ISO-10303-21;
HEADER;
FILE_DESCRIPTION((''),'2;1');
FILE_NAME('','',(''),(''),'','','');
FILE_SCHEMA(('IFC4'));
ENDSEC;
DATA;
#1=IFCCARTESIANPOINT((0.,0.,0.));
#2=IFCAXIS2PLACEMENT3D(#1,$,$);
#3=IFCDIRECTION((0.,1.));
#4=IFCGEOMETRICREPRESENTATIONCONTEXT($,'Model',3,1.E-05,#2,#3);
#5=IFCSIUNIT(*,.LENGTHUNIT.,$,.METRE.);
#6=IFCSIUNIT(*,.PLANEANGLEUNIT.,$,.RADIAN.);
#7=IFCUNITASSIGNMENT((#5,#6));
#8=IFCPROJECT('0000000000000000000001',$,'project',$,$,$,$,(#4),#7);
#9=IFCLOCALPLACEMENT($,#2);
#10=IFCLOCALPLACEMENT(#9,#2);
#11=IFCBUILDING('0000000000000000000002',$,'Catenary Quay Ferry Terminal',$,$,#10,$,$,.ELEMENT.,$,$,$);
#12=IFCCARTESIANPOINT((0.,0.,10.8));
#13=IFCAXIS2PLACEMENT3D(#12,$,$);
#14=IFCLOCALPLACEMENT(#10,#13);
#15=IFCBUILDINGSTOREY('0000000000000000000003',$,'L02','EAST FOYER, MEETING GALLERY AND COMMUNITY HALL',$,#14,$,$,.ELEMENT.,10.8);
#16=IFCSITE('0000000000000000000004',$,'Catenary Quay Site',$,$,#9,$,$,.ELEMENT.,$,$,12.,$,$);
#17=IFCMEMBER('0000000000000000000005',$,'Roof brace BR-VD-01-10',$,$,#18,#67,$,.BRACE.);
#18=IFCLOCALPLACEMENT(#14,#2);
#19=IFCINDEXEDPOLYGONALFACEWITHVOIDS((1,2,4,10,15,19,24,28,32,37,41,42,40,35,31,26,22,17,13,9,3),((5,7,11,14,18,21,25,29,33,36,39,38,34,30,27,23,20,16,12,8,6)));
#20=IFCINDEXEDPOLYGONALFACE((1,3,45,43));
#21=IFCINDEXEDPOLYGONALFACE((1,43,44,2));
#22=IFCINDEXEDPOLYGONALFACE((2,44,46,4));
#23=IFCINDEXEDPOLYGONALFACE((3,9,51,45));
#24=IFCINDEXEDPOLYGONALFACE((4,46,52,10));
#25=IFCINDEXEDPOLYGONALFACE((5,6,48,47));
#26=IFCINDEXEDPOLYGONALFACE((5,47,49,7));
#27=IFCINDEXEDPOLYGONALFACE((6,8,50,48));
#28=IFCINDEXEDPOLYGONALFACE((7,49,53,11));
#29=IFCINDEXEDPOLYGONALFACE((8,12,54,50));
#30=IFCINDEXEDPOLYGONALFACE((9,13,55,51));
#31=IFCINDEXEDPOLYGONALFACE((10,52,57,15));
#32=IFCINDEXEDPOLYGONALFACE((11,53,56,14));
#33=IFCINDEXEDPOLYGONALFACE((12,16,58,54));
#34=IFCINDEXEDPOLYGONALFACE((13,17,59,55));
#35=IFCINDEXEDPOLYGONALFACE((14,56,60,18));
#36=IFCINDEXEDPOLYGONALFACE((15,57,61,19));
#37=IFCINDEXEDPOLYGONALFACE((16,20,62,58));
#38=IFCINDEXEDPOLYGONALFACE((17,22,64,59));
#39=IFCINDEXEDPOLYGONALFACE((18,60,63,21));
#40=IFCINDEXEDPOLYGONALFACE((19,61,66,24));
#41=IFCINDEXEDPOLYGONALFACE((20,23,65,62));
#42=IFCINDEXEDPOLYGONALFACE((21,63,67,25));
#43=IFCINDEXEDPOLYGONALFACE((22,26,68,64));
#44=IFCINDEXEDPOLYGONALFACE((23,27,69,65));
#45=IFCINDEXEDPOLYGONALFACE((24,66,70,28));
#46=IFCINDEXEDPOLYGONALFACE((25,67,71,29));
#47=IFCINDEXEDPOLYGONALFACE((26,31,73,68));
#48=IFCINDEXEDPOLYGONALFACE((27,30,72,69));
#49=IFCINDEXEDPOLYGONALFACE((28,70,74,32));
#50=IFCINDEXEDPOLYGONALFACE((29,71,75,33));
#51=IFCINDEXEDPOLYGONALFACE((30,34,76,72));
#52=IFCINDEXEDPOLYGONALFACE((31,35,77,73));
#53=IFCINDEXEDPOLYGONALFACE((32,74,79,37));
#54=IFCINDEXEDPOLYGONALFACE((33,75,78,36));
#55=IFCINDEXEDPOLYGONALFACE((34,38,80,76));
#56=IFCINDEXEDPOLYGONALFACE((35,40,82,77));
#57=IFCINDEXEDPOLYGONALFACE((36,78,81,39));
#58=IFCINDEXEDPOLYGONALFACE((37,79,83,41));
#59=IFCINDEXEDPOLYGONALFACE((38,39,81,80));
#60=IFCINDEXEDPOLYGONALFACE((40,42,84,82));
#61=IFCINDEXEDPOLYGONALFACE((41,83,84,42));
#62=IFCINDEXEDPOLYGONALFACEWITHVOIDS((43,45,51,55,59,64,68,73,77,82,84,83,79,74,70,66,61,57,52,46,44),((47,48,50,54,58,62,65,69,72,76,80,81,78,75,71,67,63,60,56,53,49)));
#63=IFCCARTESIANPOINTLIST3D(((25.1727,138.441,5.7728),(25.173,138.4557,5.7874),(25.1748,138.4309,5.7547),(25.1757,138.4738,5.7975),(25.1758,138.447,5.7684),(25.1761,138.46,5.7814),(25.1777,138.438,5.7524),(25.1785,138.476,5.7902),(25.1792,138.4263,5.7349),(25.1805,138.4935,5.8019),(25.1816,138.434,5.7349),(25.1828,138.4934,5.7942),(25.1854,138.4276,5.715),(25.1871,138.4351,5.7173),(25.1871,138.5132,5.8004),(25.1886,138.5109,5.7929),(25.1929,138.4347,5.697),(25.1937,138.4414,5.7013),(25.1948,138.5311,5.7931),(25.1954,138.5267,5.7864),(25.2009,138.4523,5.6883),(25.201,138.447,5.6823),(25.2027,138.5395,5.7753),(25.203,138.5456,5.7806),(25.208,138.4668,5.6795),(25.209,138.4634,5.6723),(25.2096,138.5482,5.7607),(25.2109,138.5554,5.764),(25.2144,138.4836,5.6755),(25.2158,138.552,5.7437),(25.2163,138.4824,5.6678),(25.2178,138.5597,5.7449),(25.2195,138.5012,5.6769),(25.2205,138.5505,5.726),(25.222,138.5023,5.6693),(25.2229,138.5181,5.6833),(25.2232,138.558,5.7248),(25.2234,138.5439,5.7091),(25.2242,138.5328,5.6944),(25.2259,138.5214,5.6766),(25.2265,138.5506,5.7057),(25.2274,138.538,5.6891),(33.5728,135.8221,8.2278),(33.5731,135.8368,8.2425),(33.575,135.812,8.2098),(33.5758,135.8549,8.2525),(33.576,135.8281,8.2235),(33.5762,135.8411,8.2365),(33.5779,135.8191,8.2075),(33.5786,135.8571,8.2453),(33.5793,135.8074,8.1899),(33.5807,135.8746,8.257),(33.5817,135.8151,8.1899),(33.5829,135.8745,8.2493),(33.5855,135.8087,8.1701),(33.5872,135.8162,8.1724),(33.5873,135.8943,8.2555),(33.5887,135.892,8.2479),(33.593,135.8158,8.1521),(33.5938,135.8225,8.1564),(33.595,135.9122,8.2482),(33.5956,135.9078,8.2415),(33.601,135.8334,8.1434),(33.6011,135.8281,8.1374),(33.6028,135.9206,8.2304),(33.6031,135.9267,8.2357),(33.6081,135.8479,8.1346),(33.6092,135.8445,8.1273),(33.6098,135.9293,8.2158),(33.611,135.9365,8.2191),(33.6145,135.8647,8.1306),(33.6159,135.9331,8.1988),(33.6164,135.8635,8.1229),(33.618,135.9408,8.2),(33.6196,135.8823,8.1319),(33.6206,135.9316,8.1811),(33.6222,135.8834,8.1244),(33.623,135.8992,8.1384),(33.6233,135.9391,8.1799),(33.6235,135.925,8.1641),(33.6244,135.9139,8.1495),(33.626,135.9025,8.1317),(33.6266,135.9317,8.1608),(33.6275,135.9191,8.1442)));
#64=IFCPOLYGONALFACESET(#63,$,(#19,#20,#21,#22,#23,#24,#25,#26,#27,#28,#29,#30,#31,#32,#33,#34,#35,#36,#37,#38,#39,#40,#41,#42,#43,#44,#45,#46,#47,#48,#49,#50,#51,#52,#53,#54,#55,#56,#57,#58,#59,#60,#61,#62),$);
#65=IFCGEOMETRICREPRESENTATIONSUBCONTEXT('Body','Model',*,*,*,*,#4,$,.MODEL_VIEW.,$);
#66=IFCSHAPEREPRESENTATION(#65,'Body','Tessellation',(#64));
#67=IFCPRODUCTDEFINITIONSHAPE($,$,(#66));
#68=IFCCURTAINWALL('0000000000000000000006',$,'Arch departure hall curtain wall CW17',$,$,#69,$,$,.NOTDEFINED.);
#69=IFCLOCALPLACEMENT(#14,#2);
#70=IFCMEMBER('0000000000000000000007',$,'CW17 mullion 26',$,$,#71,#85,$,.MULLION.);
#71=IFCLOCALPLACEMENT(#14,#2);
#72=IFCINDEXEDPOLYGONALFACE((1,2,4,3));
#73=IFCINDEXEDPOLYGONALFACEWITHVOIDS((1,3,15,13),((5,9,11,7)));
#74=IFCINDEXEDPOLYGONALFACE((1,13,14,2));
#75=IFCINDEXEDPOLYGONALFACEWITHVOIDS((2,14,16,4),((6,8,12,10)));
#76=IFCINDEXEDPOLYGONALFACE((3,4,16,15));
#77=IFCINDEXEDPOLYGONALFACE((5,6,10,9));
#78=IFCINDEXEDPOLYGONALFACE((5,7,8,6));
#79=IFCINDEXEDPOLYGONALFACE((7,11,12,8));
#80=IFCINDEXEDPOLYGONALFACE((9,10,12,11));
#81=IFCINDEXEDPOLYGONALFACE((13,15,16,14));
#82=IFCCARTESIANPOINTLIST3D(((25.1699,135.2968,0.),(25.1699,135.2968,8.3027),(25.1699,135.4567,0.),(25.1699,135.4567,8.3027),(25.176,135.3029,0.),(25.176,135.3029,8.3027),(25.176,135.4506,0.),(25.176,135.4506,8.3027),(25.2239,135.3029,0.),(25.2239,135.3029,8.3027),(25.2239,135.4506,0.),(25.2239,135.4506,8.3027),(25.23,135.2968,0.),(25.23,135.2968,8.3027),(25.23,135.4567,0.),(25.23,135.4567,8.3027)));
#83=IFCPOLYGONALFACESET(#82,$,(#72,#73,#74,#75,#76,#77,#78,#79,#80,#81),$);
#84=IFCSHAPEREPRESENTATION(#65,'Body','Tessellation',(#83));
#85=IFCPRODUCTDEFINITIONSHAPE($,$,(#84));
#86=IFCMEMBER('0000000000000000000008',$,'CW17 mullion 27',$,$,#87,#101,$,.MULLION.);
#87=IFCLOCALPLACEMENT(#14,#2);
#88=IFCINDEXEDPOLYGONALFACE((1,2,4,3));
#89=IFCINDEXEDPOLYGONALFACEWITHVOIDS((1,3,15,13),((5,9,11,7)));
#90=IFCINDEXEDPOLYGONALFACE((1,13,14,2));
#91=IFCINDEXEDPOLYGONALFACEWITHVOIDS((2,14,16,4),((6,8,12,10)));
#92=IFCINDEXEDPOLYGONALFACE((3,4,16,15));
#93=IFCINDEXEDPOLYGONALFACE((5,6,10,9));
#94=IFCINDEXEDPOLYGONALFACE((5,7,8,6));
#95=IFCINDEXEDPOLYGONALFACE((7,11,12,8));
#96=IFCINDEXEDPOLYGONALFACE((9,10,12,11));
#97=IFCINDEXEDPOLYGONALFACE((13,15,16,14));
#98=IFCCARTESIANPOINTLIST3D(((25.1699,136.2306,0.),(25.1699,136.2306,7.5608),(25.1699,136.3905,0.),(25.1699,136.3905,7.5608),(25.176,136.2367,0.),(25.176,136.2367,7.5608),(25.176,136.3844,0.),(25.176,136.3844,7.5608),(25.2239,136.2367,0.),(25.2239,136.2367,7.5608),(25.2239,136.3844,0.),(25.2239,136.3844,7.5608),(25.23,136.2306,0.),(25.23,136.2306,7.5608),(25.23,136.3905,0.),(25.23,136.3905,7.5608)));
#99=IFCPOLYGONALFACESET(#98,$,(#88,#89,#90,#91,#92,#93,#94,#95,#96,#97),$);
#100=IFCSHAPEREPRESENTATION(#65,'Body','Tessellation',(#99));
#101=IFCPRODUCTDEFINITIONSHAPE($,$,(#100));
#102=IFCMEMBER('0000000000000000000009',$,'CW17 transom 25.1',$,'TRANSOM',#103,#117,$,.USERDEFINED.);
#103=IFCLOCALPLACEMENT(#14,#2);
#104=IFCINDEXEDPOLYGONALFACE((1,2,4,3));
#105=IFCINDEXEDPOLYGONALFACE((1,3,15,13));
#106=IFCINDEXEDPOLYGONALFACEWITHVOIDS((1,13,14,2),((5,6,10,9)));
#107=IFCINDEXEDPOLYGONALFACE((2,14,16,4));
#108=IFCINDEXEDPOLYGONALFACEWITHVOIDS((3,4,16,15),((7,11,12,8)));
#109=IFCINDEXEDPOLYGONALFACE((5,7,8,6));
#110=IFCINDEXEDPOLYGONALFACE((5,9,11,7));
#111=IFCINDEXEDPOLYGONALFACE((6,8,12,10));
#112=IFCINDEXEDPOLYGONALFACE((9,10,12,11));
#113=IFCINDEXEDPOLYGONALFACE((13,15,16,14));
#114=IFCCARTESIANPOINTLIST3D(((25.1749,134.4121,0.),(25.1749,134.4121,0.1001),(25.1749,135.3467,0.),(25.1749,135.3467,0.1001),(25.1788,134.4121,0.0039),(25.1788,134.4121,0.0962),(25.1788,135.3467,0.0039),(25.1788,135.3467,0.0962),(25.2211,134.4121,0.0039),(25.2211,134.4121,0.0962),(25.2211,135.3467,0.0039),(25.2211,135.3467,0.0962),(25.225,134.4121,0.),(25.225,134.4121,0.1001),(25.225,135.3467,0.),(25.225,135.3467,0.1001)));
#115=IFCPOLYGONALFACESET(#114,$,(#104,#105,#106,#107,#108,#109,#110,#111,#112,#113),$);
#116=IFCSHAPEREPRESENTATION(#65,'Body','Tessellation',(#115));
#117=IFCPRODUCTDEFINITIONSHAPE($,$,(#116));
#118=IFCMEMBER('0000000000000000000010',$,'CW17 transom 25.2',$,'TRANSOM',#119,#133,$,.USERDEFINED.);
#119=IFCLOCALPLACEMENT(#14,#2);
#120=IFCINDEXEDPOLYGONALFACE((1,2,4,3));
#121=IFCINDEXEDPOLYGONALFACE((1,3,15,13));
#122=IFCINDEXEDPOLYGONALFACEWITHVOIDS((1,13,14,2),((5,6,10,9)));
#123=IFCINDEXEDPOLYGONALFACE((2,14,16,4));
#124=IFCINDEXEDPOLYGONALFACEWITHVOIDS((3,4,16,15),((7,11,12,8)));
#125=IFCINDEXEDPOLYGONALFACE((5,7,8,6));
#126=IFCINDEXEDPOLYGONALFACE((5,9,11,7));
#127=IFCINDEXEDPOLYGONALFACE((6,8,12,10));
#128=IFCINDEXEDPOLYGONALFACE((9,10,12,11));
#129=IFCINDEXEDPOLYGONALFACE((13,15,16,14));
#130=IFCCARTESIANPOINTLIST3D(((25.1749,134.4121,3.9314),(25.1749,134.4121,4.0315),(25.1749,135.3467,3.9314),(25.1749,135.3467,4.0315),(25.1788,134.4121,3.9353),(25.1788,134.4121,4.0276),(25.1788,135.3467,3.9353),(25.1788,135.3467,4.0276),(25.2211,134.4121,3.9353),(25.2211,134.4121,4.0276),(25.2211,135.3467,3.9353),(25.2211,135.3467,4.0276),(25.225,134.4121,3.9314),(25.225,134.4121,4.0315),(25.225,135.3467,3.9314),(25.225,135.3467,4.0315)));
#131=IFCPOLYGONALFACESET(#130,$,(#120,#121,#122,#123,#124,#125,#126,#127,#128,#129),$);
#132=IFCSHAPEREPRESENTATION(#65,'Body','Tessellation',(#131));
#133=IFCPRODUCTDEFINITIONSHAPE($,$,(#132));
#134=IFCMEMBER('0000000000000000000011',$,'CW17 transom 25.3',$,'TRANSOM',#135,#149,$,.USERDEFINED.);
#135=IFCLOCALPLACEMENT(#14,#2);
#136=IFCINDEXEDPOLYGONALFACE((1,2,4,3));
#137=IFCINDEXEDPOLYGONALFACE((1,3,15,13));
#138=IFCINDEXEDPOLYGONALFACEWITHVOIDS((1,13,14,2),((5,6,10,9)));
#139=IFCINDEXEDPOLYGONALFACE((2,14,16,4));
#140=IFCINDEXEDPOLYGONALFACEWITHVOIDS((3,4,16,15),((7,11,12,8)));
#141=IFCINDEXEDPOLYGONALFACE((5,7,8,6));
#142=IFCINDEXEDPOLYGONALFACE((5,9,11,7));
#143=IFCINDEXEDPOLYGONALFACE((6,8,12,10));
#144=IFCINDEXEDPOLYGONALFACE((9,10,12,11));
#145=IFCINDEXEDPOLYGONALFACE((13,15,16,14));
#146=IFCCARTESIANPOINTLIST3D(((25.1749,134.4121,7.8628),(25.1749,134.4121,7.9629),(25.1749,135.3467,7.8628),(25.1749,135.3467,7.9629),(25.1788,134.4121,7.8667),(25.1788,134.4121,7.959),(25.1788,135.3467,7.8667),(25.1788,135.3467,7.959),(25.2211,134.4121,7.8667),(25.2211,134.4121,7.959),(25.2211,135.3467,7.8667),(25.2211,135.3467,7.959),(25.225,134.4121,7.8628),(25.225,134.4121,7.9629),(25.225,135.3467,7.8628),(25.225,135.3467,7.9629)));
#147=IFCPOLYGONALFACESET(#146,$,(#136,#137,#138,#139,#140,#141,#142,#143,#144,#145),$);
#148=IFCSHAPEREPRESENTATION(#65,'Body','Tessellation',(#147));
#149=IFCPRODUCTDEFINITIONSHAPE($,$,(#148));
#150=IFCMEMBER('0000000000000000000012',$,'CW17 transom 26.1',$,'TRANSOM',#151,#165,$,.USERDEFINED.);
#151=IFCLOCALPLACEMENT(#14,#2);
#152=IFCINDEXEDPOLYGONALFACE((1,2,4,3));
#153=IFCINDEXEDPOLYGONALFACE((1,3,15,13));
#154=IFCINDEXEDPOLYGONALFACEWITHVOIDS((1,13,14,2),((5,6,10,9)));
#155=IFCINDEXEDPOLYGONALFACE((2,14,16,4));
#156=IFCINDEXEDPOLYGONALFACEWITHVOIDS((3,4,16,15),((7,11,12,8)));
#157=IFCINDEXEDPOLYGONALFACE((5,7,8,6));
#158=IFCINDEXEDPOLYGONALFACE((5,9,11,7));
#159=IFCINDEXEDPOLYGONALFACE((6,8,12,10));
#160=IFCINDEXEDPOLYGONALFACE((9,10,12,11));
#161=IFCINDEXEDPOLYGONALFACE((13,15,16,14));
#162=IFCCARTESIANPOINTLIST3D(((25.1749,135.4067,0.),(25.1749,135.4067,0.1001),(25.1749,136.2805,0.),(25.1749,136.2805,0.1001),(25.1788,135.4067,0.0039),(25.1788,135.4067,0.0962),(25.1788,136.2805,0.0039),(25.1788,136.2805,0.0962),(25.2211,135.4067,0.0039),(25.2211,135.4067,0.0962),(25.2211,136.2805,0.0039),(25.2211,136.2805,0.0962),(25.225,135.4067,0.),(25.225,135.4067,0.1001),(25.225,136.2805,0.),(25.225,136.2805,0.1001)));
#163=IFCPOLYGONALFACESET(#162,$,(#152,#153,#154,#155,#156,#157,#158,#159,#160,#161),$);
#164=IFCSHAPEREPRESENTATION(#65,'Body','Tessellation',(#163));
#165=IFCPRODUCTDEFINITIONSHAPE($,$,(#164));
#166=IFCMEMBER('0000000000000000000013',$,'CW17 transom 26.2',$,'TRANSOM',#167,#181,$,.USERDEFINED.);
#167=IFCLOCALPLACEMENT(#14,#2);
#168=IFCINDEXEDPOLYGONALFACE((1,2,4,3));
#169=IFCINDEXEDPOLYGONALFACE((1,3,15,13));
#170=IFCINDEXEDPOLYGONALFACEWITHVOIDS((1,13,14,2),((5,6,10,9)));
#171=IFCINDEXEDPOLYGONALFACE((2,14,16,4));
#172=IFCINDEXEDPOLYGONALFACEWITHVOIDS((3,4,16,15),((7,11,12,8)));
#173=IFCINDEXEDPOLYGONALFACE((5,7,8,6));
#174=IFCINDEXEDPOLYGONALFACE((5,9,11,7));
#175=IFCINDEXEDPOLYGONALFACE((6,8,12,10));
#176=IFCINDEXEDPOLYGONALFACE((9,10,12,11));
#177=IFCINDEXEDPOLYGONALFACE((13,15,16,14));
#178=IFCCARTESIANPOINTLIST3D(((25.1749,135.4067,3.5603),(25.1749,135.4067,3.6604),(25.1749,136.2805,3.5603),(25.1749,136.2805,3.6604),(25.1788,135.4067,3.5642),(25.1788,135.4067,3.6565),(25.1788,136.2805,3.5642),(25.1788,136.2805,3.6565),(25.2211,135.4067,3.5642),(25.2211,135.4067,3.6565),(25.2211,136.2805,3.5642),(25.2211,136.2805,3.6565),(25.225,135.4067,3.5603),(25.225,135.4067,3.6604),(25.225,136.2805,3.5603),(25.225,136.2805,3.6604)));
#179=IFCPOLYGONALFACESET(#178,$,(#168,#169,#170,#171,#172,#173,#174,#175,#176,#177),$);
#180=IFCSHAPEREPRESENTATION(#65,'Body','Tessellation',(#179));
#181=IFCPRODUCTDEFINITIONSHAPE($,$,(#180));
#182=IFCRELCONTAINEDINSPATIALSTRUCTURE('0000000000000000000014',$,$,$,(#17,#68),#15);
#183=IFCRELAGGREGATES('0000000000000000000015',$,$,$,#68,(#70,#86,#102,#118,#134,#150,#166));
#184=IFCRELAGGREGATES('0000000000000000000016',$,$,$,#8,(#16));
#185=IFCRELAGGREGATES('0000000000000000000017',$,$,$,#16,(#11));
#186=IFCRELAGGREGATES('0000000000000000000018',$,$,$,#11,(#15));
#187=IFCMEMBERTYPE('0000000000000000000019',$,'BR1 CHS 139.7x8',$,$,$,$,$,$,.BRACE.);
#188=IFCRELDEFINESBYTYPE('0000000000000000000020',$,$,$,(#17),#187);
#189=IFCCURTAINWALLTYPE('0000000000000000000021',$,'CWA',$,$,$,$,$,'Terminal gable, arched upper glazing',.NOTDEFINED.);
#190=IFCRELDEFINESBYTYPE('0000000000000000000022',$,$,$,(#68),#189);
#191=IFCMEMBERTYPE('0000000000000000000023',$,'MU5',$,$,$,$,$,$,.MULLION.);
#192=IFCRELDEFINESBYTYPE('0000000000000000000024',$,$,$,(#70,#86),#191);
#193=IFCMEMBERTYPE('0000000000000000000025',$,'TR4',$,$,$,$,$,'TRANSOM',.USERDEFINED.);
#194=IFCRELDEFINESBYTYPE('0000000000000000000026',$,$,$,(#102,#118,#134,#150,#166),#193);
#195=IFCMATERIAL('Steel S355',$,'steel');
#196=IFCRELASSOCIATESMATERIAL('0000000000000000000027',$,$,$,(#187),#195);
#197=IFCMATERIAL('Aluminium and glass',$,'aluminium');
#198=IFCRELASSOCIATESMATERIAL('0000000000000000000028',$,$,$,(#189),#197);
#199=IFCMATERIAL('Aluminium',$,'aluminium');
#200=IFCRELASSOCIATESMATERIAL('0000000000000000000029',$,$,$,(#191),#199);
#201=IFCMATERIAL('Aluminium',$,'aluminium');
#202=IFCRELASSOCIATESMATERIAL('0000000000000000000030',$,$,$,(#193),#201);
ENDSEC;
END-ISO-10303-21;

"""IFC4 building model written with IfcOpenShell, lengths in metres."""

from ifc_helpers import new_model, si_unit, direction, frame, origin, origin_2d, place, context, subcontext, project, spatial, hollow_rectangle, hollow_circle, extrude, material, material_profile, profile_set, type_object, element, aggregate, save


model = new_model("IFC4")

# Units and contexts
model_context = context("Model", 3, precision=1e-05, world=origin(), true_north=direction((0.0, 1.0)))
body_context = subcontext(model_context, "Body", "Model", "MODEL_VIEW")
ifc_project = project(units=[si_unit("LENGTHUNIT", "METRE"), si_unit("PLANEANGLEUNIT", "RADIAN")], contexts=[model_context])

# Site, building, storey
site_placement = place(None, origin())
site = spatial("IfcSite", under=ifc_project, at=site_placement, Name="Catenary Quay Site", CompositionType="ELEMENT", RefElevation=12.0)
building_placement = place(site_placement, origin())
building = spatial("IfcBuilding", under=site, at=building_placement, Name="Catenary Quay Ferry Terminal", CompositionType="ELEMENT")
storey_placement = place(building_placement, frame((0.0, 0.0, 10.8)))
storey = spatial("IfcBuildingStorey", under=building, at=storey_placement, Name="L02", Description="EAST FOYER, MEETING GALLERY AND COMMUNITY HALL", CompositionType="ELEMENT", Elevation=10.8)

# Member
ifc_material_1 = material(Name="Steel S355", Category="steel")
ifc_material_profile_1 = material_profile(ifc_material_1, hollow_circle(Radius=0.0698, WallThickness=0.0081, at=origin_2d()), Name="CHS 139.7x8")
ifc_profile_set_1 = profile_set([ifc_material_profile_1], Name="Steel S355")
member_type_1 = type_object("IfcMemberType", Name="BR1 CHS 139.7x8", PredefinedType="BRACE", material=ifc_profile_set_1)
member_1_placement = place(storey_placement, frame((33.6001, 135.874, 8.1899), z_axis=(-0.919555, 0.286688, -0.268755), x_axis=(-0.297638, -0.954679, 0.0)))
element("IfcMember", 1, at=member_1_placement, inside=storey, type_object=member_type_1, Name="Roof brace BR-VD-01-10", PredefinedType="BRACE", context=body_context, shape_type="SweptSolid", body=[
    extrude(hollow_circle(Radius=0.0698, WallThickness=0.0081, at=origin_2d()), origin(), (0.0, 0.0, 1.0), 9.135),
])

# Curtain wall, members
ifc_material_2 = material(Name="Aluminium and glass", Category="aluminium")
curtain_wall_type = type_object("IfcCurtainWallType", Name="CWA", ElementType="Terminal gable, arched upper glazing", PredefinedType="NOTDEFINED", material=ifc_material_2)
curtain_wall_placement = place(storey_placement, origin())
curtain_wall = element("IfcCurtainWall", 2, at=curtain_wall_placement, inside=storey, type_object=curtain_wall_type, Name="Arch departure hall curtain wall CW17", PredefinedType="NOTDEFINED")
ifc_material_3 = material(Name="Aluminium", Category="aluminium")
ifc_material_profile_2 = material_profile(ifc_material_3, hollow_rectangle(XDim=0.0601, YDim=0.1599, WallThickness=0.0061, at=origin_2d()), Name="MU5")
ifc_profile_set_2 = profile_set([ifc_material_profile_2], Name="Aluminium")
member_type_2 = type_object("IfcMemberType", Name="MU5", PredefinedType="MULLION", material=ifc_profile_set_2)
member_2_placement = place(storey_placement, frame((25.2, 135.3767, 0.0), z_axis=(0.0, 0.0, 1.0), x_axis=(-1.0, 0.0, 0.0)))
member_2 = element("IfcMember", 3, at=member_2_placement, type_object=member_type_2, Name="CW17 mullion 26", PredefinedType="MULLION", context=body_context, shape_type="SweptSolid", body=[
    extrude(hollow_rectangle(XDim=0.0601, YDim=0.1599, WallThickness=0.0061, at=origin_2d()), origin(), (0.0, 0.0, 1.0), 8.3027),
])
member_3_placement = place(storey_placement, frame((25.2, 136.3105, 0.0), z_axis=(0.0, 0.0, 1.0), x_axis=(-1.0, 0.0, 0.0)))
member_3 = element("IfcMember", 4, at=member_3_placement, type_object=member_type_2, Name="CW17 mullion 27", PredefinedType="MULLION", context=body_context, shape_type="SweptSolid", body=[
    extrude(hollow_rectangle(XDim=0.0601, YDim=0.1599, WallThickness=0.0061, at=origin_2d()), origin(), (0.0, 0.0, 1.0), 7.5608),
])
ifc_material_4 = material(Name="Aluminium", Category="aluminium")
ifc_material_profile_3 = material_profile(ifc_material_4, hollow_rectangle(XDim=0.05, YDim=0.1001, WallThickness=0.0039, at=origin_2d()), Name="TR4")
ifc_profile_set_3 = profile_set([ifc_material_profile_3], Name="Aluminium")
member_type_3 = type_object("IfcMemberType", Name="TR4", ElementType="TRANSOM", PredefinedType="USERDEFINED", material=ifc_profile_set_3)
member_4_placement = place(storey_placement, frame((25.2, 134.4121, 0.05), z_axis=(0.0, 1.0, 0.0), x_axis=(-1.0, 0.0, 0.0)))
member_4 = element("IfcMember", 5, at=member_4_placement, type_object=member_type_3, Name="CW17 transom 25.1", ObjectType="TRANSOM", PredefinedType="USERDEFINED", context=body_context, shape_type="SweptSolid", body=[
    extrude(hollow_rectangle(XDim=0.05, YDim=0.1001, WallThickness=0.0039, at=origin_2d()), origin(), (0.0, 0.0, 1.0), 0.9346),
])
member_5_placement = place(storey_placement, frame((25.2, 134.4121, 3.9814), z_axis=(0.0, 1.0, 0.0), x_axis=(-1.0, 0.0, 0.0)))
member_5 = element("IfcMember", 6, at=member_5_placement, type_object=member_type_3, Name="CW17 transom 25.2", ObjectType="TRANSOM", PredefinedType="USERDEFINED", context=body_context, shape_type="SweptSolid", body=[
    extrude(hollow_rectangle(XDim=0.05, YDim=0.1001, WallThickness=0.0039, at=origin_2d()), origin(), (0.0, 0.0, 1.0), 0.9346),
])
member_6_placement = place(storey_placement, frame((25.2, 134.4121, 7.9128), z_axis=(0.0, 1.0, 0.0), x_axis=(-1.0, 0.0, 0.0)))
member_6 = element("IfcMember", 7, at=member_6_placement, type_object=member_type_3, Name="CW17 transom 25.3", ObjectType="TRANSOM", PredefinedType="USERDEFINED", context=body_context, shape_type="SweptSolid", body=[
    extrude(hollow_rectangle(XDim=0.05, YDim=0.1001, WallThickness=0.0039, at=origin_2d()), origin(), (0.0, 0.0, 1.0), 0.9346),
])
member_7_placement = place(storey_placement, frame((25.2, 135.4067, 0.05), z_axis=(0.0, 1.0, 0.0), x_axis=(-1.0, 0.0, 0.0)))
member_7 = element("IfcMember", 8, at=member_7_placement, type_object=member_type_3, Name="CW17 transom 26.1", ObjectType="TRANSOM", PredefinedType="USERDEFINED", context=body_context, shape_type="SweptSolid", body=[
    extrude(hollow_rectangle(XDim=0.05, YDim=0.1001, WallThickness=0.0039, at=origin_2d()), origin(), (0.0, 0.0, 1.0), 0.8738),
])
member_8_placement = place(storey_placement, frame((25.2, 135.4067, 3.6104), z_axis=(0.0, 1.0, 0.0), x_axis=(-1.0, 0.0, 0.0)))
member_8 = element("IfcMember", 9, at=member_8_placement, type_object=member_type_3, Name="CW17 transom 26.2", ObjectType="TRANSOM", PredefinedType="USERDEFINED", context=body_context, shape_type="SweptSolid", body=[
    extrude(hollow_rectangle(XDim=0.05, YDim=0.1001, WallThickness=0.0039, at=origin_2d()), origin(), (0.0, 0.0, 1.0), 0.8738),
])

aggregate(curtain_wall, [member_2, member_3, member_4, member_5, member_6, member_7, member_8])

save(model, "model.ifc")
